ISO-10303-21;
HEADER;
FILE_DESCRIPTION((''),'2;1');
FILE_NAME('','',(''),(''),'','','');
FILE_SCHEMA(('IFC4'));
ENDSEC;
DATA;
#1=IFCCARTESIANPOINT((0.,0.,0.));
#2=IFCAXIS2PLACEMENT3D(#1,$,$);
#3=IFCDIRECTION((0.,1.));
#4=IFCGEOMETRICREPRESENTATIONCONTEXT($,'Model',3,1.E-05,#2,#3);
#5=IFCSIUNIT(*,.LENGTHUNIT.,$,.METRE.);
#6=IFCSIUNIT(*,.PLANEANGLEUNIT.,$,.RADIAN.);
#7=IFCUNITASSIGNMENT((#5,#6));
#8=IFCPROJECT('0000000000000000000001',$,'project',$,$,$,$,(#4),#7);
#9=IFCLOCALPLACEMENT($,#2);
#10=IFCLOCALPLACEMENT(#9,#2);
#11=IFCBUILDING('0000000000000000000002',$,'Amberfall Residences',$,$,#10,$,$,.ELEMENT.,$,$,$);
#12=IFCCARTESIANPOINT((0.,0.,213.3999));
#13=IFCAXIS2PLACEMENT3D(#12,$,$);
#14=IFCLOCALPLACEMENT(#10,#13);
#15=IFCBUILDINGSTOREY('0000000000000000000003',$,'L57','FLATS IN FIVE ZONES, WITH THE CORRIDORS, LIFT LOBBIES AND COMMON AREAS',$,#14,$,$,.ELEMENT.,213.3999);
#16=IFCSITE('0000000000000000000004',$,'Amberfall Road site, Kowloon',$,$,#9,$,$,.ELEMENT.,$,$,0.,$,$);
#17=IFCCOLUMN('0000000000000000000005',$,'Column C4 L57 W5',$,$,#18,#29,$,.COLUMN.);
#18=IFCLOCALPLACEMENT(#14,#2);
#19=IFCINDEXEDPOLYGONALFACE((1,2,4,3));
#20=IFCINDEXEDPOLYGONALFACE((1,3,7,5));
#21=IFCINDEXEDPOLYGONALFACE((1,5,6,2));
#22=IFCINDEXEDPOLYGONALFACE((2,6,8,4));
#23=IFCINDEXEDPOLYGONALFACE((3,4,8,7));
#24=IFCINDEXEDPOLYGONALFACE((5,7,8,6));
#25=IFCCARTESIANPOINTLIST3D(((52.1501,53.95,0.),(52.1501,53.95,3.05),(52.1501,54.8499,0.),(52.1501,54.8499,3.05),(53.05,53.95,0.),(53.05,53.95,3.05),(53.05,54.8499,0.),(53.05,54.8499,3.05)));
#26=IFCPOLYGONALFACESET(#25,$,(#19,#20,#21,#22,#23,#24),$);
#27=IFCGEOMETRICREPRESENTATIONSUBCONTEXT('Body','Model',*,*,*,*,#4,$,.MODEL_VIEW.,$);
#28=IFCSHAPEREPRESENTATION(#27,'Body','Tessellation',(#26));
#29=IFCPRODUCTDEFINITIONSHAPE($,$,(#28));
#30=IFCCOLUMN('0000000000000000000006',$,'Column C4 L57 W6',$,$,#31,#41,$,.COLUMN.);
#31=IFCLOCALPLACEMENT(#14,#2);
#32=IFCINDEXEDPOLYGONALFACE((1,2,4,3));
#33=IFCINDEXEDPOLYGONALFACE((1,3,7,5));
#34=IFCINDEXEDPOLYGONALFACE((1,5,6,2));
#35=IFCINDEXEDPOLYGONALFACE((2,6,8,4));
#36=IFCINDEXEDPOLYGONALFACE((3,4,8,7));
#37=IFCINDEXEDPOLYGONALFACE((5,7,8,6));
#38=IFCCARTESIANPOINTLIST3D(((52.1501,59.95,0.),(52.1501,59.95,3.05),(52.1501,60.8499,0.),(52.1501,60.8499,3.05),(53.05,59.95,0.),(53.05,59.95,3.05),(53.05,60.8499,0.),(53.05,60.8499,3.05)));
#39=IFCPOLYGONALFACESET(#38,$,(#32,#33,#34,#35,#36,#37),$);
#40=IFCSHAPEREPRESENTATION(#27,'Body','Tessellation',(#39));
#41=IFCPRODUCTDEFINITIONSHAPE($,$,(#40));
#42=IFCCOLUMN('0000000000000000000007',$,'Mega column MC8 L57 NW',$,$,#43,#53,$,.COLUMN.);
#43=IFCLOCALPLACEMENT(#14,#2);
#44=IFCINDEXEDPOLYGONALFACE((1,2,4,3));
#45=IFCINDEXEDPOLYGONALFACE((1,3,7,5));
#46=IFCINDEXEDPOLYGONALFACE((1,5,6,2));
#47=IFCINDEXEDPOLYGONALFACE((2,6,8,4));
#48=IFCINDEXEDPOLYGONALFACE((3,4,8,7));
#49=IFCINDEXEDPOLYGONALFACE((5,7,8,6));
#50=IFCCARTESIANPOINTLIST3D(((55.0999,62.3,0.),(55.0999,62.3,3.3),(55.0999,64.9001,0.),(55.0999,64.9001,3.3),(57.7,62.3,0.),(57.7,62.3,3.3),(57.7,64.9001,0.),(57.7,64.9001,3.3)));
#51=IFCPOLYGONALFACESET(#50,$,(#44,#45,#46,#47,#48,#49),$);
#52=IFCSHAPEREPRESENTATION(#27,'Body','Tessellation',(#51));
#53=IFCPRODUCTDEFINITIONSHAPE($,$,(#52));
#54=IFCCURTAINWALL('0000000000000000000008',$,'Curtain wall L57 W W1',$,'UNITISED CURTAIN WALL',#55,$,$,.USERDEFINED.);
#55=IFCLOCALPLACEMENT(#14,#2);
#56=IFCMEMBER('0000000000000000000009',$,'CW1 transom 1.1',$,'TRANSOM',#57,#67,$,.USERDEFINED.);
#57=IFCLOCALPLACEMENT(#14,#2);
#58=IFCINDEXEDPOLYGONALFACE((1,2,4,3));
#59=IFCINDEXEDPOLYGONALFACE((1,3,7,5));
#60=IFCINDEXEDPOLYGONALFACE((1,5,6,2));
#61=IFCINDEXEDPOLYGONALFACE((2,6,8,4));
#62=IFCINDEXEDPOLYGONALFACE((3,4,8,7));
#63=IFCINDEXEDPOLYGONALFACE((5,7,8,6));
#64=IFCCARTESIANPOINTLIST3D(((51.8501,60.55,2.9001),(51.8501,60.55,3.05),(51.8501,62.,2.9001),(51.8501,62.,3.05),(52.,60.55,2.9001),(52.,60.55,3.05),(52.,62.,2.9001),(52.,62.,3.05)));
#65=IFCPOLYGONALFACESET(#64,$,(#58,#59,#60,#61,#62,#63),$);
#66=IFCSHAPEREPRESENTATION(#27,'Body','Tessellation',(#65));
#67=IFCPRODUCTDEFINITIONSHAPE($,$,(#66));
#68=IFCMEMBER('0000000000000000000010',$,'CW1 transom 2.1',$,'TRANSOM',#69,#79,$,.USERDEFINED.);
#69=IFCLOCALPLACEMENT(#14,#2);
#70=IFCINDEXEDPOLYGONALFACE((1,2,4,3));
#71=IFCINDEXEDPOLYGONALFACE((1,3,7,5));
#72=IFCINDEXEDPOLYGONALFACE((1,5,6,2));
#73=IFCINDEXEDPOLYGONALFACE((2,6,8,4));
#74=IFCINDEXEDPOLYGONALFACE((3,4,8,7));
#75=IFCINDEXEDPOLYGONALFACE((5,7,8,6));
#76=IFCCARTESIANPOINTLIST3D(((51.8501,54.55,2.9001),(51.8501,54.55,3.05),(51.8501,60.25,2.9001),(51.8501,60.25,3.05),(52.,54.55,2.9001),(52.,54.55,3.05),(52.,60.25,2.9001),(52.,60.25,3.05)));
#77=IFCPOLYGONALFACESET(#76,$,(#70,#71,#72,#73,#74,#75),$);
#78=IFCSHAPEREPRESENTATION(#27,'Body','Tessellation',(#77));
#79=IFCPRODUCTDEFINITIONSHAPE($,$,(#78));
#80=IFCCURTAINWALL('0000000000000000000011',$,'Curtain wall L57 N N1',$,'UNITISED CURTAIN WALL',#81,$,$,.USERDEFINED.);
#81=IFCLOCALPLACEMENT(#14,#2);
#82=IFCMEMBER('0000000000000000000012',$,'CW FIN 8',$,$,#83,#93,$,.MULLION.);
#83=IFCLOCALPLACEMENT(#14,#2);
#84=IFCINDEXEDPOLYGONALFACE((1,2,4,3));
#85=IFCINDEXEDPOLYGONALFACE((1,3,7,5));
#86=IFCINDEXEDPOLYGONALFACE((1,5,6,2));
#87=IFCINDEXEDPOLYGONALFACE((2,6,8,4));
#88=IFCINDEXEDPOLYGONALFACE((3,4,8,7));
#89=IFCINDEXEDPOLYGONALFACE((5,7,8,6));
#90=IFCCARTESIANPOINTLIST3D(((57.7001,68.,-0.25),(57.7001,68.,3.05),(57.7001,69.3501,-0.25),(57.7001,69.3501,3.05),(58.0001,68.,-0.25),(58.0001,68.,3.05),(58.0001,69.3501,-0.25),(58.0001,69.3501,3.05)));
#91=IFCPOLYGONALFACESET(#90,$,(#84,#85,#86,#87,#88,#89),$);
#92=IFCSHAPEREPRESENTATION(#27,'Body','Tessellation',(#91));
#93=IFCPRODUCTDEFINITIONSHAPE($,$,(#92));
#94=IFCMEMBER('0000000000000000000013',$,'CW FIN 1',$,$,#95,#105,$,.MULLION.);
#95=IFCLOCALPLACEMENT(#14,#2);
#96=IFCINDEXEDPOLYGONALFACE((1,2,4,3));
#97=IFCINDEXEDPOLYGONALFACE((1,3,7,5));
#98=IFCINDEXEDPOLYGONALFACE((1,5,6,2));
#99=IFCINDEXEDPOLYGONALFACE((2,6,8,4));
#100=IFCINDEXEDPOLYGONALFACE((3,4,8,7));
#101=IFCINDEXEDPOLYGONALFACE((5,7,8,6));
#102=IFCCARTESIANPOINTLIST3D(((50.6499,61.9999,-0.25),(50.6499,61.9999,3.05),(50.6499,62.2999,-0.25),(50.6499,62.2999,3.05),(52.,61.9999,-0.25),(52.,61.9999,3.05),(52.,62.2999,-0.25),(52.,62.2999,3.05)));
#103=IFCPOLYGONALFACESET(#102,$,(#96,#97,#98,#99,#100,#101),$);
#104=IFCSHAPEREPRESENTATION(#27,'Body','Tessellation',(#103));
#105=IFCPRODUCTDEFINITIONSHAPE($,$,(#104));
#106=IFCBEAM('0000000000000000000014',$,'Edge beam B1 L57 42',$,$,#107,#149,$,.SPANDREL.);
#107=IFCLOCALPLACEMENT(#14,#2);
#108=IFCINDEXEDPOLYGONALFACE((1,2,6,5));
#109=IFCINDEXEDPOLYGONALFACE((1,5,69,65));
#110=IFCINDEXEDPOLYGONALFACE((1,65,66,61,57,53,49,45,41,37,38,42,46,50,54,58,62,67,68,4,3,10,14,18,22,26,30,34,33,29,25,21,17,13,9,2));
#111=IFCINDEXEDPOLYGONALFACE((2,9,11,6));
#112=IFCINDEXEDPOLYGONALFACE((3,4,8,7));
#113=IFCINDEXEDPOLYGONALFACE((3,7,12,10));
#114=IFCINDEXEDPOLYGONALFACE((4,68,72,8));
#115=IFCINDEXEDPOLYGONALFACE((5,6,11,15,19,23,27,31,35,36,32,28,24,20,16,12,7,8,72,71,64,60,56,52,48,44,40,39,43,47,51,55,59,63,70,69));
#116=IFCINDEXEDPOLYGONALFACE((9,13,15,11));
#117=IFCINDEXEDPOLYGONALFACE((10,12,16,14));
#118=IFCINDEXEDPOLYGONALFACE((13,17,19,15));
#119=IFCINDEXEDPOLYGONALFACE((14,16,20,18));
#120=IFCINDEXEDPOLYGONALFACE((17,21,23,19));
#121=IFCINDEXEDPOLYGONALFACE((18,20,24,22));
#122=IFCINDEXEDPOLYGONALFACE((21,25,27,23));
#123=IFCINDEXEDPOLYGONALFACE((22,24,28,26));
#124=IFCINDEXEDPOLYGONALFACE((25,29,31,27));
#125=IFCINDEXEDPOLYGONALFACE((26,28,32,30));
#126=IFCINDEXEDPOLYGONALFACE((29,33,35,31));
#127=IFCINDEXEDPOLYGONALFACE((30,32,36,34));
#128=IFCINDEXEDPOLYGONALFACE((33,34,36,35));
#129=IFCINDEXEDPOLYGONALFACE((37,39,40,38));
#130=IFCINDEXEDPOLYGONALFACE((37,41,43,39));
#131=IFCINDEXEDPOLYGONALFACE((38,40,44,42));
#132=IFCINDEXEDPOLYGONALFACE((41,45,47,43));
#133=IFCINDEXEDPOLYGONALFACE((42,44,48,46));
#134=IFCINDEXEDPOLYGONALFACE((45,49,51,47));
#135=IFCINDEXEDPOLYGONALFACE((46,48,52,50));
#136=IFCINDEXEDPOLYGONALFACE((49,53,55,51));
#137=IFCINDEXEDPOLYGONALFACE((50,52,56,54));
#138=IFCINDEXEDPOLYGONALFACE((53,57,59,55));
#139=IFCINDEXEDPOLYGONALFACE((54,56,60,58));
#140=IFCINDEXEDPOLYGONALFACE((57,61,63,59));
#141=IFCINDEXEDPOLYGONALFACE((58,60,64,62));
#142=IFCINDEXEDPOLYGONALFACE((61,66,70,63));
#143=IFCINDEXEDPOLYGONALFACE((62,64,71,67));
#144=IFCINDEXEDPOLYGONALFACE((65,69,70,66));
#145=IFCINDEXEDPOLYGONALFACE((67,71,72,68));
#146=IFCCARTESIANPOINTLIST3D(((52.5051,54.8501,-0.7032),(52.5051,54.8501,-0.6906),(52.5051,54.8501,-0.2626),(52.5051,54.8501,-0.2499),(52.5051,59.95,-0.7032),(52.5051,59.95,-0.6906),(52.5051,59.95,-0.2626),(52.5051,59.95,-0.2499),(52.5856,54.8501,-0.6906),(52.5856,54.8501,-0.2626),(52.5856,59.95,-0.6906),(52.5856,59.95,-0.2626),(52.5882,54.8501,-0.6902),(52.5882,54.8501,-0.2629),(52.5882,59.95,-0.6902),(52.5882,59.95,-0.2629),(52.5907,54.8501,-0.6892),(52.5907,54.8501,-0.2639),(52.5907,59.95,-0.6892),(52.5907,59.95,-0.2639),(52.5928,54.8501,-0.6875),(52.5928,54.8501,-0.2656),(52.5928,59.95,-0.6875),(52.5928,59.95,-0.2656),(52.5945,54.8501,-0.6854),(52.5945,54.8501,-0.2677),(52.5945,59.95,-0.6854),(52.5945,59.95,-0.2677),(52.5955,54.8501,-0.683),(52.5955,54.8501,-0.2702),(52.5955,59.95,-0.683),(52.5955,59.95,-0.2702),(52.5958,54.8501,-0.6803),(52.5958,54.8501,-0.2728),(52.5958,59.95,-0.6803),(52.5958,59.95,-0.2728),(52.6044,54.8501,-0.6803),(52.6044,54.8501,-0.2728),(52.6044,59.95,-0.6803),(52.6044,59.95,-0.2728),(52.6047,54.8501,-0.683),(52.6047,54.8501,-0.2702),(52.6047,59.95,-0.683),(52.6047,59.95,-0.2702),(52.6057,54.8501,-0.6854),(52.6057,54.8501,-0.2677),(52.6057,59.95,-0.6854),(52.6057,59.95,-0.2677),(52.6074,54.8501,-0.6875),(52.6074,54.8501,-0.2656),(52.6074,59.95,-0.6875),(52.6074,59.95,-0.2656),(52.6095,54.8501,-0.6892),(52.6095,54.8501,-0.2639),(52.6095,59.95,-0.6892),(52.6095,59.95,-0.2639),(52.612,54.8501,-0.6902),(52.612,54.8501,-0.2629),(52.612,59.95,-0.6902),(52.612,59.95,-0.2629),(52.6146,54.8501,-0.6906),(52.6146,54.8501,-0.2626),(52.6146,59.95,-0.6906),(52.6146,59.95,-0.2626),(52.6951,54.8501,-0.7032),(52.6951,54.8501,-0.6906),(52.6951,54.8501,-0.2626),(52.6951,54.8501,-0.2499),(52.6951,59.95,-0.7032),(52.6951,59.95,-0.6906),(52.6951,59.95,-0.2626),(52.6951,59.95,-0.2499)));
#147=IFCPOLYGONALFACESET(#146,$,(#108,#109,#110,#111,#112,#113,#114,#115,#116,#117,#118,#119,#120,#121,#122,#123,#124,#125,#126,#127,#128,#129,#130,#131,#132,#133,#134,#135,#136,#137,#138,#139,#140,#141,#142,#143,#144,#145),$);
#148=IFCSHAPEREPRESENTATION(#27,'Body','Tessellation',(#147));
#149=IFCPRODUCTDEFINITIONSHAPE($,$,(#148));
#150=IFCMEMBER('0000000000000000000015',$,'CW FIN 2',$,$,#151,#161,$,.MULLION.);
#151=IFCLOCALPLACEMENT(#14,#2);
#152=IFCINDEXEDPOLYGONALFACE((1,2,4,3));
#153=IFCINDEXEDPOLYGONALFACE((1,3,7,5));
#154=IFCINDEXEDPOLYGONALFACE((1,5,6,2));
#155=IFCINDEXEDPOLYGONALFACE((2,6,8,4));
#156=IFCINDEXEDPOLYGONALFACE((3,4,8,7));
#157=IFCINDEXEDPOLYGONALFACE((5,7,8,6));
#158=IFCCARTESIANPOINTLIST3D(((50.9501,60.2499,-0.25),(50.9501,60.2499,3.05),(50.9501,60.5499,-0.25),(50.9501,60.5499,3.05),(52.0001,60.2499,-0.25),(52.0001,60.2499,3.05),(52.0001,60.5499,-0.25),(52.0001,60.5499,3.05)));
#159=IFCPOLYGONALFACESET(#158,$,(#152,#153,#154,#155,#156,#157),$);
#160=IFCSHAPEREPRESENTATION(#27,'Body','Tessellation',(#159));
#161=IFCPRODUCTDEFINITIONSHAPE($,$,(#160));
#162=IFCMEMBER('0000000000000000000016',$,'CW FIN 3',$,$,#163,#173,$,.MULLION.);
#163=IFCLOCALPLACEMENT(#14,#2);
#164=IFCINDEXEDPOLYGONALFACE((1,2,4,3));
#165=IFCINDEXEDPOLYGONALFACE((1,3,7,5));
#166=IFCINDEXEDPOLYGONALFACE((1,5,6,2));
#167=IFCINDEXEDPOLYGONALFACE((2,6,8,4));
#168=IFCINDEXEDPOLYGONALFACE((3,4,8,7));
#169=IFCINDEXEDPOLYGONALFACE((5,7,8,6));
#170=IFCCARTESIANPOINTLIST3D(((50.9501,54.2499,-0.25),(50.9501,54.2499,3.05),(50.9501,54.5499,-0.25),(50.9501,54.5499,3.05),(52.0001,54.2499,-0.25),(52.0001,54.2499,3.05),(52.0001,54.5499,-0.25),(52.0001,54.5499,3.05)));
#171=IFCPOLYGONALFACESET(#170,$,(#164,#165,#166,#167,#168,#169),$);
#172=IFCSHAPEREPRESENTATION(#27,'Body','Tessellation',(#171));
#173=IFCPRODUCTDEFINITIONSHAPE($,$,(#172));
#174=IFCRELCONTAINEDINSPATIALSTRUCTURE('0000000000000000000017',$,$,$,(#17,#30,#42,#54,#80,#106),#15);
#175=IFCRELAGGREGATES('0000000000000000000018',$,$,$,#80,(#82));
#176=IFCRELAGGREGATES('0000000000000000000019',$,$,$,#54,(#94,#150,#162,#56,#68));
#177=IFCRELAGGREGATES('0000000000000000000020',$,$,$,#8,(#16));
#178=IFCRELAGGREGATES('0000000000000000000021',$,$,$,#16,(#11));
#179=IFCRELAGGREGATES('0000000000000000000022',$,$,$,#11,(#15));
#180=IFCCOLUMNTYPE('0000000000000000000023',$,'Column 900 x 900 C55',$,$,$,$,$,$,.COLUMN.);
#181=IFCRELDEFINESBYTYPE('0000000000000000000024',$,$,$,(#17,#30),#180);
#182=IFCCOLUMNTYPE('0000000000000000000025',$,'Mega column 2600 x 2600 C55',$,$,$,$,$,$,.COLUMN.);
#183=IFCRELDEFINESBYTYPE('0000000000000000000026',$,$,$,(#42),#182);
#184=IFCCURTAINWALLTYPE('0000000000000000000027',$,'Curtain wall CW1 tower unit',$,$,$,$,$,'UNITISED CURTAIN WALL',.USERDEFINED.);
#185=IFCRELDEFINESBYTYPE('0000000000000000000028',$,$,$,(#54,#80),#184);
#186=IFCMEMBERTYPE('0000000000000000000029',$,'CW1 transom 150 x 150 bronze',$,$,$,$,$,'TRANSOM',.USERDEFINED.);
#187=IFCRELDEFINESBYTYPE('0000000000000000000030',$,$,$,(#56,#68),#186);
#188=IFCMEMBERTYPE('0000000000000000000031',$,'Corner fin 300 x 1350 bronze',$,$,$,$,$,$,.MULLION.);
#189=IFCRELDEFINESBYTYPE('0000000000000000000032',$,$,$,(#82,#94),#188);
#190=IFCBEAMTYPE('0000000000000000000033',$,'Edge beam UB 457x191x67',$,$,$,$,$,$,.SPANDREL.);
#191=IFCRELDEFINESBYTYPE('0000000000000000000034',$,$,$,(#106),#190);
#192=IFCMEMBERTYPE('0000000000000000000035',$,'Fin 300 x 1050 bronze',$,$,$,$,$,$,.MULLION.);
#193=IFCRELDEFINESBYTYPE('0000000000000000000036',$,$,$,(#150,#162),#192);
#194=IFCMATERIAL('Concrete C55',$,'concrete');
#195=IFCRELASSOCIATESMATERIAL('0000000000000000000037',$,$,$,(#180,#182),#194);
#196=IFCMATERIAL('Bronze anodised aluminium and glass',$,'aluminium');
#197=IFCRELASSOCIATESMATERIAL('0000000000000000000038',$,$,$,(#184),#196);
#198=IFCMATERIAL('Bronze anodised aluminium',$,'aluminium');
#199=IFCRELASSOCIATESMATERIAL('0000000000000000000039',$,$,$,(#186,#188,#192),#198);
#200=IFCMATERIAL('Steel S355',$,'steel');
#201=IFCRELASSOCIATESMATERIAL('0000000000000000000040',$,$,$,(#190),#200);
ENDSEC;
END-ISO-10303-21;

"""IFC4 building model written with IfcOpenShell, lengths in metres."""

from ifc_helpers import new_model, si_unit, direction, frame, origin, origin_2d, place, context, subcontext, project, spatial, rectangle, i_section, extrude, material, material_profile, profile_set, type_object, element, aggregate, save


model = new_model("IFC4")

# Units and contexts
model_context = context("Model", 3, precision=1e-05, world=origin(), true_north=direction((0.0, 1.0)))
body_context = subcontext(model_context, "Body", "Model", "MODEL_VIEW")
ifc_project = project(units=[si_unit("LENGTHUNIT", "METRE"), si_unit("PLANEANGLEUNIT", "RADIAN")], contexts=[model_context])

# Site, building, storey
site_placement = place(None, origin())
site = spatial("IfcSite", under=ifc_project, at=site_placement, Name="Amberfall Road site, Kowloon", CompositionType="ELEMENT", RefElevation=0.0)
building_placement = place(site_placement, origin())
building = spatial("IfcBuilding", under=site, at=building_placement, Name="Amberfall Residences", CompositionType="ELEMENT")
storey_placement = place(building_placement, frame((0.0, 0.0, 213.3999)))
storey = spatial("IfcBuildingStorey", under=building, at=storey_placement, Name="L57", Description="FLATS IN FIVE ZONES, WITH THE CORRIDORS, LIFT LOBBIES AND COMMON AREAS", CompositionType="ELEMENT", Elevation=213.3999)

# Columns
ifc_material_1 = material(Name="Concrete C55", Category="concrete")
ifc_material_profile_1 = material_profile(ifc_material_1, rectangle(XDim=0.8999, YDim=0.8999, at=origin_2d()), Name="Column 900 x 900 C55")
ifc_profile_set_1 = profile_set([ifc_material_profile_1], Name="Concrete C55")
column_type_1 = type_object("IfcColumnType", Name="Column 900 x 900 C55", PredefinedType="COLUMN", material=ifc_profile_set_1)
for number, where, z_axis, x_axis, name in (
    (1, (52.6001, 54.3999, 0.0), (0.0, 0.0, 1.0), (1.0, 0.0, 0.0), "Column C4 L57 W5"),
    (2, (52.6001, 60.3999, 0.0), (0.0, 0.0, 1.0), (1.0, 0.0, 0.0), "Column C4 L57 W6"),
):
    element("IfcColumn", number, at=place(storey_placement, frame(where, z_axis=z_axis, x_axis=x_axis)), inside=storey, type_object=column_type_1, Name=name, PredefinedType="COLUMN", context=body_context, shape_type="SweptSolid", body=[
        extrude(rectangle(XDim=0.8999, YDim=0.8999, at=origin_2d()), origin(), (0.0, 0.0, 1.0), 3.05),
    ])
ifc_material_profile_2 = material_profile(ifc_material_1, rectangle(XDim=2.6001, YDim=2.6001, at=origin_2d()), Name="Mega column 2600 x 2600 C55")
ifc_profile_set_2 = profile_set([ifc_material_profile_2], Name="Concrete C55")
column_type_2 = type_object("IfcColumnType", Name="Mega column 2600 x 2600 C55", PredefinedType="COLUMN", material=ifc_profile_set_2)
column_placement = place(storey_placement, frame((56.3999, 63.6001, 0.0), z_axis=(0.0, 0.0, 1.0), x_axis=(1.0, 0.0, 0.0)))
element("IfcColumn", 3, at=column_placement, inside=storey, type_object=column_type_2, Name="Mega column MC8 L57 NW", PredefinedType="COLUMN", context=body_context, shape_type="SweptSolid", body=[
    extrude(rectangle(XDim=2.6001, YDim=2.6001, at=origin_2d()), origin(), (0.0, 0.0, 1.0), 3.3),
])

# Curtain wall, members
ifc_material_2 = material(Name="Bronze anodised aluminium and glass", Category="aluminium")
curtain_wall_type = type_object("IfcCurtainWallType", Name="Curtain wall CW1 tower unit", ElementType="UNITISED CURTAIN WALL", PredefinedType="USERDEFINED", material=ifc_material_2)
curtain_wall_1_placement = place(storey_placement, origin())
curtain_wall_1 = element("IfcCurtainWall", 4, at=curtain_wall_1_placement, inside=storey, type_object=curtain_wall_type, Name="Curtain wall L57 W W1", ObjectType="UNITISED CURTAIN WALL", PredefinedType="USERDEFINED")
ifc_material_3 = material(Name="Bronze anodised aluminium", Category="aluminium")
ifc_material_profile_3 = material_profile(ifc_material_3, rectangle(XDim=0.1499, YDim=0.1499, at=origin_2d()), Name="CW1 transom 150 x 150 bronze")
ifc_profile_set_3 = profile_set([ifc_material_profile_3], Name="Bronze anodised aluminium")
member_type_1 = type_object("IfcMemberType", Name="CW1 transom 150 x 150 bronze", ElementType="TRANSOM", PredefinedType="USERDEFINED", material=ifc_profile_set_3)
member_1_placement = place(storey_placement, frame((51.925, 62.0, 2.9751), z_axis=(0.0, -1.0, 0.0), x_axis=(1.0, 0.0, 0.0)))
member_1 = element("IfcMember", 5, at=member_1_placement, type_object=member_type_1, Name="CW1 transom 1.1", ObjectType="TRANSOM", PredefinedType="USERDEFINED", context=body_context, shape_type="SweptSolid", body=[
    extrude(rectangle(XDim=0.1499, YDim=0.1499, at=origin_2d()), origin(), (0.0, 0.0, 1.0), 1.45),
])
member_2_placement = place(storey_placement, frame((51.925, 60.25, 2.9751), z_axis=(0.0, -1.0, 0.0), x_axis=(1.0, 0.0, 0.0)))
member_2 = element("IfcMember", 6, at=member_2_placement, type_object=member_type_1, Name="CW1 transom 2.1", ObjectType="TRANSOM", PredefinedType="USERDEFINED", context=body_context, shape_type="SweptSolid", body=[
    extrude(rectangle(XDim=0.1499, YDim=0.1499, at=origin_2d()), origin(), (0.0, 0.0, 1.0), 5.7),
])

# Curtain wall, member
curtain_wall_2_placement = place(storey_placement, origin())
curtain_wall_2 = element("IfcCurtainWall", 7, at=curtain_wall_2_placement, inside=storey, type_object=curtain_wall_type, Name="Curtain wall L57 N N1", ObjectType="UNITISED CURTAIN WALL", PredefinedType="USERDEFINED")
ifc_material_profile_4 = material_profile(ifc_material_3, rectangle(XDim=1.3501, YDim=0.3, at=origin_2d()), Name="Corner fin 300 x 1350 bronze")
ifc_profile_set_4 = profile_set([ifc_material_profile_4], Name="Bronze anodised aluminium")
member_type_2 = type_object("IfcMemberType", Name="Corner fin 300 x 1350 bronze", PredefinedType="MULLION", material=ifc_profile_set_4)
member_3_placement = place(storey_placement, frame((57.8501, 68.675, -0.25), z_axis=(0.0, 0.0, 1.0), x_axis=(0.0, -1.0, 0.0)))
member_3 = element("IfcMember", 8, at=member_3_placement, type_object=member_type_2, Name="CW FIN 8", PredefinedType="MULLION", context=body_context, shape_type="SweptSolid", body=[
    extrude(rectangle(XDim=1.3501, YDim=0.3, at=origin_2d()), origin(), (0.0, 0.0, 1.0), 3.3),
])
aggregate(curtain_wall_2, [member_3])

# Member
member_4_placement = place(storey_placement, frame((51.325, 62.1499, -0.25), z_axis=(0.0, 0.0, 1.0), x_axis=(1.0, 0.0, 0.0)))
member_4 = element("IfcMember", 9, at=member_4_placement, type_object=member_type_2, Name="CW FIN 1", PredefinedType="MULLION", context=body_context, shape_type="SweptSolid", body=[
    extrude(rectangle(XDim=1.3501, YDim=0.3, at=origin_2d()), origin(), (0.0, 0.0, 1.0), 3.3),
])

# Beam
ifc_material_4 = material(Name="Steel S355", Category="steel")
ifc_material_profile_5 = material_profile(ifc_material_4, i_section(OverallWidth=0.1899, OverallDepth=0.4534, WebThickness=0.0085, FlangeThickness=0.0127, FilletRadius=0.0103, at=origin_2d()), Name="UB 457x191x67")
ifc_profile_set_5 = profile_set([ifc_material_profile_5], Name="Steel S355")
beam_type_1 = type_object("IfcBeamType", Name="Edge beam UB 457x191x67", PredefinedType="SPANDREL", material=ifc_profile_set_5)
beam_1_placement = place(storey_placement, frame((52.6001, 54.8501, -0.4766), z_axis=(0.0, 1.0, 0.0), x_axis=(-1.0, 0.0, 0.0)))
element("IfcBeam", 10, at=beam_1_placement, inside=storey, type_object=beam_type_1, Name="Edge beam B1 L57 42", PredefinedType="SPANDREL", context=body_context, shape_type="SweptSolid", body=[
    extrude(i_section(OverallWidth=0.1899, OverallDepth=0.4534, WebThickness=0.0085, FlangeThickness=0.0127, FilletRadius=0.0103, at=origin_2d()), origin(), (0.0, 0.0, 1.0), 5.0999),
])

# Members
ifc_material_profile_6 = material_profile(ifc_material_3, rectangle(XDim=1.05, YDim=0.3, at=origin_2d()), Name="Fin 300 x 1050 bronze")
ifc_profile_set_6 = profile_set([ifc_material_profile_6], Name="Bronze anodised aluminium")
member_type_3 = type_object("IfcMemberType", Name="Fin 300 x 1050 bronze", PredefinedType="MULLION", material=ifc_profile_set_6)
member_5_placement = place(storey_placement, frame((51.4751, 60.3999, -0.25), z_axis=(0.0, 0.0, 1.0), x_axis=(1.0, 0.0, 0.0)))
member_5 = element("IfcMember", 11, at=member_5_placement, type_object=member_type_3, Name="CW FIN 2", PredefinedType="MULLION", context=body_context, shape_type="SweptSolid", body=[
    extrude(rectangle(XDim=1.05, YDim=0.3, at=origin_2d()), origin(), (0.0, 0.0, 1.0), 3.3),
])
member_6_placement = place(storey_placement, frame((51.4751, 54.3999, -0.25), z_axis=(0.0, 0.0, 1.0), x_axis=(1.0, 0.0, 0.0)))
member_6 = element("IfcMember", 12, at=member_6_placement, type_object=member_type_3, Name="CW FIN 3", PredefinedType="MULLION", context=body_context, shape_type="SweptSolid", body=[
    extrude(rectangle(XDim=1.05, YDim=0.3, at=origin_2d()), origin(), (0.0, 0.0, 1.0), 3.3),
])

aggregate(curtain_wall_1, [member_4, member_5, member_6, member_1, member_2])

save(model, "model.ifc")
